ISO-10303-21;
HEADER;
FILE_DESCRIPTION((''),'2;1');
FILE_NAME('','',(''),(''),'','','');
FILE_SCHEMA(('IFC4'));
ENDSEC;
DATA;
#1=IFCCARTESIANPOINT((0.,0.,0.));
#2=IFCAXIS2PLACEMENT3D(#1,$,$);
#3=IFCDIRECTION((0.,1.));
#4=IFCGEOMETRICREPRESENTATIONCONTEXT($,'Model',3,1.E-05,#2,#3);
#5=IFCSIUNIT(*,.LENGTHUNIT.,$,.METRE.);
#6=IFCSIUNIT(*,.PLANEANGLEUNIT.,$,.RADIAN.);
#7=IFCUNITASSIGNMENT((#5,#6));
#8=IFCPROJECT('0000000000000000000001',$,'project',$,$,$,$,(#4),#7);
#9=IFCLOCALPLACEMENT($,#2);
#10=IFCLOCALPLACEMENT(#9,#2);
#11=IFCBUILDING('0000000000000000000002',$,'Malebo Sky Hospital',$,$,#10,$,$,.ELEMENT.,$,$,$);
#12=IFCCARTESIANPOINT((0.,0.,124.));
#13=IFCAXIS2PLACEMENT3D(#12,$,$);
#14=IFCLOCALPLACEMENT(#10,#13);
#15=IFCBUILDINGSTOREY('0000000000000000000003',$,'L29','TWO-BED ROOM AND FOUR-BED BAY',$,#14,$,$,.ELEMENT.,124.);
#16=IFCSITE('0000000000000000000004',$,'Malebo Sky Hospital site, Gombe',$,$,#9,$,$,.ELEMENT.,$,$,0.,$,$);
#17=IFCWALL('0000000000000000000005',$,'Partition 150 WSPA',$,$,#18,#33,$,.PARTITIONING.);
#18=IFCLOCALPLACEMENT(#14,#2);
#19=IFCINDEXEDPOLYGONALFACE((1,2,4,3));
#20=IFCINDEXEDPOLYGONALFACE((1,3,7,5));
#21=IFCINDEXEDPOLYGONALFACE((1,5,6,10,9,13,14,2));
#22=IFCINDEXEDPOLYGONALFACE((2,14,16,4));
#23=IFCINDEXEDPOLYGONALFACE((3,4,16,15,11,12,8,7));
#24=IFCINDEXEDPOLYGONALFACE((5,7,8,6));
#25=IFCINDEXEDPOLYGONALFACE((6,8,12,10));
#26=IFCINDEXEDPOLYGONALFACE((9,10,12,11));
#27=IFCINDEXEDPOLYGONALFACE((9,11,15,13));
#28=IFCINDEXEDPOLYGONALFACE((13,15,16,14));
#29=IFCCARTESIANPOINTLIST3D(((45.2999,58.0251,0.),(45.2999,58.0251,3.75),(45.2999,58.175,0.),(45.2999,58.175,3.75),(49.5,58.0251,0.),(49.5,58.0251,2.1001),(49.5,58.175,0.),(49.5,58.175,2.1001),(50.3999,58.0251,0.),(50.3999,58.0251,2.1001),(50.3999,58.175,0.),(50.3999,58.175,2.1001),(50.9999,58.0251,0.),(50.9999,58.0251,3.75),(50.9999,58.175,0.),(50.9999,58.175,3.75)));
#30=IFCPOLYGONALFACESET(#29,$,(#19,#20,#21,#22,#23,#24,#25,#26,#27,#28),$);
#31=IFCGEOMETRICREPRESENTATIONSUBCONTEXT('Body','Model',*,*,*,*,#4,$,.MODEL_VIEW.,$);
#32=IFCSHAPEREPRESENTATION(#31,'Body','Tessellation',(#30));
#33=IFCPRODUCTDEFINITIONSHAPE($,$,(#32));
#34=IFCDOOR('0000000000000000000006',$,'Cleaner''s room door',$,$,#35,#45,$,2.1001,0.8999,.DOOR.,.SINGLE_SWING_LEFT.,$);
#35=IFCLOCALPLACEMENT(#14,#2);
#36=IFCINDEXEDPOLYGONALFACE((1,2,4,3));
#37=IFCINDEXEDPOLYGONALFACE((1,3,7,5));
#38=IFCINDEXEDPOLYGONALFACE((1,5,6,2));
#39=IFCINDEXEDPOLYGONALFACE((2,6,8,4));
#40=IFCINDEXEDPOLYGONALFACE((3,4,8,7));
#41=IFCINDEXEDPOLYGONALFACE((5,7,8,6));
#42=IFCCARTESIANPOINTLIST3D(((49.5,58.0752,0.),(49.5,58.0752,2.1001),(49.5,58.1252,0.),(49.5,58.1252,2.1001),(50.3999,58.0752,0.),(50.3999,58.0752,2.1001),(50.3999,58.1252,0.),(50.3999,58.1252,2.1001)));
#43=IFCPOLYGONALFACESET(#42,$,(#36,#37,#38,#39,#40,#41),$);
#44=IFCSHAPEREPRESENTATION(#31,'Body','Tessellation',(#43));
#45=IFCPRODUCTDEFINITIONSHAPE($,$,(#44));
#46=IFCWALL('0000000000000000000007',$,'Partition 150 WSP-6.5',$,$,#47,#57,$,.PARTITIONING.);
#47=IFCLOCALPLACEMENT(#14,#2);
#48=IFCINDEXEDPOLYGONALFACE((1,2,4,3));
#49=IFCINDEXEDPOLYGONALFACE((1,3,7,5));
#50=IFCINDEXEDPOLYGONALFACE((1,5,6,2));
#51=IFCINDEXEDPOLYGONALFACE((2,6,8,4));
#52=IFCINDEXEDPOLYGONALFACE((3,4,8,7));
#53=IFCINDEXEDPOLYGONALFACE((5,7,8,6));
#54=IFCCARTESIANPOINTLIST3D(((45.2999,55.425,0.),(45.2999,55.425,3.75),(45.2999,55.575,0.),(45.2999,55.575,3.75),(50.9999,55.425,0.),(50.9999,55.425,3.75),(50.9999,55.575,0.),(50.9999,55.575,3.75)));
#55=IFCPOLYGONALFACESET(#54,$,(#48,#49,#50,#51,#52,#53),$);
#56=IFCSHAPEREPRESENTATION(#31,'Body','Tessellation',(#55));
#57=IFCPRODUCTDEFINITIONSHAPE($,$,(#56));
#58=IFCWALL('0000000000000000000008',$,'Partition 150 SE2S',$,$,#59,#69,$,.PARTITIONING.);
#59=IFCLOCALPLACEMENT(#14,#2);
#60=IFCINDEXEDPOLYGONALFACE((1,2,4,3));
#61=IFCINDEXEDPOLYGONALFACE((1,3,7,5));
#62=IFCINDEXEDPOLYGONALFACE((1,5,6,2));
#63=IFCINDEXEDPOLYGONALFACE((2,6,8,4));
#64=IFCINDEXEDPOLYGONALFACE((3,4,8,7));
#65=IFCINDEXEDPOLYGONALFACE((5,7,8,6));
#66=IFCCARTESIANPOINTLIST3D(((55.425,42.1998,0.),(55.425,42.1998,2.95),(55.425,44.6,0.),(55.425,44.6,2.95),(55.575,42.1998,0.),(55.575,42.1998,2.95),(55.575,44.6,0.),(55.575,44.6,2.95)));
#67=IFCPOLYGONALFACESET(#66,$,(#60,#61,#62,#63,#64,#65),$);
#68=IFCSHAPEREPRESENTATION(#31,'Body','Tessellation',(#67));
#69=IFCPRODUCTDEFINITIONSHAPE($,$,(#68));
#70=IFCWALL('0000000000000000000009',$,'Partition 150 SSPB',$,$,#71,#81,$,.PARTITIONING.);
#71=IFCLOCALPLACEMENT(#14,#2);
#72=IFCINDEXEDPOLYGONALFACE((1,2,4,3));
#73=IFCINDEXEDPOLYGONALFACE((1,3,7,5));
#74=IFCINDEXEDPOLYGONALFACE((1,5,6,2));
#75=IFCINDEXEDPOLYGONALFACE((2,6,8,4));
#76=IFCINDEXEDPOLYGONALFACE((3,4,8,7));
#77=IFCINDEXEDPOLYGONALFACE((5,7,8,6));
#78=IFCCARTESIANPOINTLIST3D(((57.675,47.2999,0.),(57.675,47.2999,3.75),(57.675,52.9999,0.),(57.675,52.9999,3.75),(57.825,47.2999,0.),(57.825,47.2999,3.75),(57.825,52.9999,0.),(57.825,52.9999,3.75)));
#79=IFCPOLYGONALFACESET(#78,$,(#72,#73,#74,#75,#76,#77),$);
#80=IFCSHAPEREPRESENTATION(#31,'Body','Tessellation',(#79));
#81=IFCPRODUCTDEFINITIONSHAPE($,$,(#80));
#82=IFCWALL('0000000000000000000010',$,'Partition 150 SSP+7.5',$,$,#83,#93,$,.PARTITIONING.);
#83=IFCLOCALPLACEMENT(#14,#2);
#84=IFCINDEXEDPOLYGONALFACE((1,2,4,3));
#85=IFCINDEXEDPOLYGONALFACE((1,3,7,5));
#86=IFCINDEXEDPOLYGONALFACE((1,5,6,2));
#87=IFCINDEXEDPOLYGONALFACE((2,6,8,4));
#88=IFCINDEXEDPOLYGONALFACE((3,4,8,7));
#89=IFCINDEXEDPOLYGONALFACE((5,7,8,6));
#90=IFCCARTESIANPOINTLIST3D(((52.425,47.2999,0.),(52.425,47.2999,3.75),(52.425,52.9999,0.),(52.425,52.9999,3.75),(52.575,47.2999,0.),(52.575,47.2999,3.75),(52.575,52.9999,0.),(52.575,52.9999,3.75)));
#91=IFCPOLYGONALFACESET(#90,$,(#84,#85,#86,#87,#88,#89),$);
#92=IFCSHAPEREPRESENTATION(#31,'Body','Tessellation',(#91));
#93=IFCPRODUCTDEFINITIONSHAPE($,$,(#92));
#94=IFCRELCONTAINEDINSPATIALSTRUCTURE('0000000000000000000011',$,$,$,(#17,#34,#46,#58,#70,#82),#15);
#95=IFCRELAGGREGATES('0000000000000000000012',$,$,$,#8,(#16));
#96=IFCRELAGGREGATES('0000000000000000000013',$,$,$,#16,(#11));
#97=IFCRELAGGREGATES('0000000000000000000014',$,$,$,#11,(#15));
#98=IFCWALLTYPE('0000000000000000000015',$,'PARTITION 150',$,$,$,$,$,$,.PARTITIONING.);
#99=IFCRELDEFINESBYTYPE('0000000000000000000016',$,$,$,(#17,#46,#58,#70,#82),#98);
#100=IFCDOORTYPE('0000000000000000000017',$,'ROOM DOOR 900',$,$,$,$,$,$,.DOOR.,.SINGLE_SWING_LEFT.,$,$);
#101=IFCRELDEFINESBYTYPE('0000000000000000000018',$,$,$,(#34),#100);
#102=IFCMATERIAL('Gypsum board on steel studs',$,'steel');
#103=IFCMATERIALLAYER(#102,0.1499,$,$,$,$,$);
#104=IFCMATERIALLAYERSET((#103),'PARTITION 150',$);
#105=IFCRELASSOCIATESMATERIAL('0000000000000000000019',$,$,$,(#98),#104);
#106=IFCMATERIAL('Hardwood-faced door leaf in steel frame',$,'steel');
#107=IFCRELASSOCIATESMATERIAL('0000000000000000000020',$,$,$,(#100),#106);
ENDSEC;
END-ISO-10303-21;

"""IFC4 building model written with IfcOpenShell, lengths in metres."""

from ifc_helpers import new_model, si_unit, direction, frame, frame_2d, origin, place, context, subcontext, project, spatial, rectangle, extrude, material, layer, layer_set, type_object, element, fill, save


model = new_model("IFC4")

# Units and contexts
model_context = context("Model", 3, precision=1e-05, world=origin(), true_north=direction((0.0, 1.0)))
body_context = subcontext(model_context, "Body", "Model", "MODEL_VIEW")
ifc_project = project(units=[si_unit("LENGTHUNIT", "METRE"), si_unit("PLANEANGLEUNIT", "RADIAN")], contexts=[model_context])

# Site, building, storey
site_placement = place(None, origin())
site = spatial("IfcSite", under=ifc_project, at=site_placement, Name="Malebo Sky Hospital site, Gombe", CompositionType="ELEMENT", RefElevation=0.0)
building_placement = place(site_placement, origin())
building = spatial("IfcBuilding", under=site, at=building_placement, Name="Malebo Sky Hospital", CompositionType="ELEMENT")
storey_placement = place(building_placement, frame((0.0, 0.0, 124.0)))
storey = spatial("IfcBuildingStorey", under=building, at=storey_placement, Name="L29", Description="TWO-BED ROOM AND FOUR-BED BAY", CompositionType="ELEMENT", Elevation=124.0)

# Shared definitions
ifc_material_1 = material(Name="Hardwood-faced door leaf in steel frame", Category="steel")

# Shared definitions
ifc_material_2 = material(Name="Gypsum board on steel studs", Category="steel")

# Wall, opening, door
ifc_layer_1 = layer(ifc_material_2, 0.1499)
ifc_layer_set_1 = layer_set([ifc_layer_1], Name="PARTITION 150")
wall_type_1 = type_object("IfcWallType", Name="PARTITION 150", PredefinedType="PARTITIONING", material=ifc_layer_set_1)
wall_1_placement = place(storey_placement, frame((51.0, 58.1001, 0.0), z_axis=(0.0, 0.0, 1.0), x_axis=(-1.0, 0.0, 0.0)))
wall_1 = element("IfcWall", 1, at=wall_1_placement, inside=storey, type_object=wall_type_1, Name="Partition 150 WSPA", PredefinedType="PARTITIONING", context=body_context, shape_type="SweptSolid", body=[
    extrude(rectangle(XDim=5.7, YDim=0.1499, at=frame_2d((2.8501, 0.0))), origin(), (0.0, 0.0, 1.0), 3.75),
])
opening_1_placement = place(wall_1_placement, frame((0.6001, 0.0, 0.0)))
opening_1 = element("IfcOpeningElement", 2, at=opening_1_placement, cuts=wall_1, PredefinedType="OPENING", context=body_context, shape_type="SweptSolid", body=[
    extrude(rectangle(XDim=0.8999, YDim=2.1001, at=frame_2d((0.45, 1.05))), frame((0.0, 0.085, 0.0), z_axis=(0.0, -1.0, 0.0), x_axis=(1.0, 0.0, 0.0)), (0.0, 0.0, 1.0), 0.1699),
])
door_type_1 = type_object("IfcDoorType", Name="ROOM DOOR 900", OperationType="SINGLE_SWING_LEFT", PredefinedType="DOOR", material=ifc_material_1)
door_1_placement = place(opening_1_placement, origin())
door_1 = element("IfcDoor", 3, at=door_1_placement, inside=storey, type_object=door_type_1, Name="Cleaner's room door", OperationType="SINGLE_SWING_LEFT", OverallHeight=2.1001, OverallWidth=0.8999, PredefinedType="DOOR", context=body_context, shape_type="SweptSolid", body=[
    extrude(rectangle(XDim=0.8999, YDim=2.1001, at=frame_2d((0.45, 1.05))), frame((0.0, 0.0249, 0.0), z_axis=(0.0, -1.0, 0.0), x_axis=(1.0, 0.0, 0.0)), (0.0, 0.0, 1.0), 0.05),
])
fill(opening_1, door_1)

# Walls
wall_2_placement = place(storey_placement, frame((51.0, 55.5, 0.0), z_axis=(0.0, 0.0, 1.0), x_axis=(-1.0, 0.0, 0.0)))
element("IfcWall", 4, at=wall_2_placement, inside=storey, type_object=wall_type_1, Name="Partition 150 WSP-6.5", PredefinedType="PARTITIONING", context=body_context, shape_type="SweptSolid", body=[
    extrude(rectangle(XDim=5.7, YDim=0.1499, at=frame_2d((2.8501, 0.0))), origin(), (0.0, 0.0, 1.0), 3.75),
])
wall_3_placement = place(storey_placement, frame((55.5, 44.6001, 0.0), z_axis=(0.0, 0.0, 1.0), x_axis=(0.0, -1.0, 0.0)))
element("IfcWall", 5, at=wall_3_placement, inside=storey, type_object=wall_type_1, Name="Partition 150 SE2S", PredefinedType="PARTITIONING", context=body_context, shape_type="SweptSolid", body=[
    extrude(rectangle(XDim=2.4001, YDim=0.1499, at=frame_2d((1.2002, 0.0))), origin(), (0.0, 0.0, 1.0), 2.95),
])
for number, where, z_axis, x_axis, name in (
    (6, (57.75, 53.0, 0.0), (0.0, 0.0, 1.0), (0.0, -1.0, 0.0), "Partition 150 SSPB"),
    (7, (52.5, 53.0, 0.0), (0.0, 0.0, 1.0), (0.0, -1.0, 0.0), "Partition 150 SSP+7.5"),
):
    element("IfcWall", number, at=place(storey_placement, frame(where, z_axis=z_axis, x_axis=x_axis)), inside=storey, type_object=wall_type_1, Name=name, PredefinedType="PARTITIONING", context=body_context, shape_type="SweptSolid", body=[
        extrude(rectangle(XDim=5.7, YDim=0.1499, at=frame_2d((2.8501, 0.0))), origin(), (0.0, 0.0, 1.0), 3.75),
    ])

save(model, "model.ifc")
